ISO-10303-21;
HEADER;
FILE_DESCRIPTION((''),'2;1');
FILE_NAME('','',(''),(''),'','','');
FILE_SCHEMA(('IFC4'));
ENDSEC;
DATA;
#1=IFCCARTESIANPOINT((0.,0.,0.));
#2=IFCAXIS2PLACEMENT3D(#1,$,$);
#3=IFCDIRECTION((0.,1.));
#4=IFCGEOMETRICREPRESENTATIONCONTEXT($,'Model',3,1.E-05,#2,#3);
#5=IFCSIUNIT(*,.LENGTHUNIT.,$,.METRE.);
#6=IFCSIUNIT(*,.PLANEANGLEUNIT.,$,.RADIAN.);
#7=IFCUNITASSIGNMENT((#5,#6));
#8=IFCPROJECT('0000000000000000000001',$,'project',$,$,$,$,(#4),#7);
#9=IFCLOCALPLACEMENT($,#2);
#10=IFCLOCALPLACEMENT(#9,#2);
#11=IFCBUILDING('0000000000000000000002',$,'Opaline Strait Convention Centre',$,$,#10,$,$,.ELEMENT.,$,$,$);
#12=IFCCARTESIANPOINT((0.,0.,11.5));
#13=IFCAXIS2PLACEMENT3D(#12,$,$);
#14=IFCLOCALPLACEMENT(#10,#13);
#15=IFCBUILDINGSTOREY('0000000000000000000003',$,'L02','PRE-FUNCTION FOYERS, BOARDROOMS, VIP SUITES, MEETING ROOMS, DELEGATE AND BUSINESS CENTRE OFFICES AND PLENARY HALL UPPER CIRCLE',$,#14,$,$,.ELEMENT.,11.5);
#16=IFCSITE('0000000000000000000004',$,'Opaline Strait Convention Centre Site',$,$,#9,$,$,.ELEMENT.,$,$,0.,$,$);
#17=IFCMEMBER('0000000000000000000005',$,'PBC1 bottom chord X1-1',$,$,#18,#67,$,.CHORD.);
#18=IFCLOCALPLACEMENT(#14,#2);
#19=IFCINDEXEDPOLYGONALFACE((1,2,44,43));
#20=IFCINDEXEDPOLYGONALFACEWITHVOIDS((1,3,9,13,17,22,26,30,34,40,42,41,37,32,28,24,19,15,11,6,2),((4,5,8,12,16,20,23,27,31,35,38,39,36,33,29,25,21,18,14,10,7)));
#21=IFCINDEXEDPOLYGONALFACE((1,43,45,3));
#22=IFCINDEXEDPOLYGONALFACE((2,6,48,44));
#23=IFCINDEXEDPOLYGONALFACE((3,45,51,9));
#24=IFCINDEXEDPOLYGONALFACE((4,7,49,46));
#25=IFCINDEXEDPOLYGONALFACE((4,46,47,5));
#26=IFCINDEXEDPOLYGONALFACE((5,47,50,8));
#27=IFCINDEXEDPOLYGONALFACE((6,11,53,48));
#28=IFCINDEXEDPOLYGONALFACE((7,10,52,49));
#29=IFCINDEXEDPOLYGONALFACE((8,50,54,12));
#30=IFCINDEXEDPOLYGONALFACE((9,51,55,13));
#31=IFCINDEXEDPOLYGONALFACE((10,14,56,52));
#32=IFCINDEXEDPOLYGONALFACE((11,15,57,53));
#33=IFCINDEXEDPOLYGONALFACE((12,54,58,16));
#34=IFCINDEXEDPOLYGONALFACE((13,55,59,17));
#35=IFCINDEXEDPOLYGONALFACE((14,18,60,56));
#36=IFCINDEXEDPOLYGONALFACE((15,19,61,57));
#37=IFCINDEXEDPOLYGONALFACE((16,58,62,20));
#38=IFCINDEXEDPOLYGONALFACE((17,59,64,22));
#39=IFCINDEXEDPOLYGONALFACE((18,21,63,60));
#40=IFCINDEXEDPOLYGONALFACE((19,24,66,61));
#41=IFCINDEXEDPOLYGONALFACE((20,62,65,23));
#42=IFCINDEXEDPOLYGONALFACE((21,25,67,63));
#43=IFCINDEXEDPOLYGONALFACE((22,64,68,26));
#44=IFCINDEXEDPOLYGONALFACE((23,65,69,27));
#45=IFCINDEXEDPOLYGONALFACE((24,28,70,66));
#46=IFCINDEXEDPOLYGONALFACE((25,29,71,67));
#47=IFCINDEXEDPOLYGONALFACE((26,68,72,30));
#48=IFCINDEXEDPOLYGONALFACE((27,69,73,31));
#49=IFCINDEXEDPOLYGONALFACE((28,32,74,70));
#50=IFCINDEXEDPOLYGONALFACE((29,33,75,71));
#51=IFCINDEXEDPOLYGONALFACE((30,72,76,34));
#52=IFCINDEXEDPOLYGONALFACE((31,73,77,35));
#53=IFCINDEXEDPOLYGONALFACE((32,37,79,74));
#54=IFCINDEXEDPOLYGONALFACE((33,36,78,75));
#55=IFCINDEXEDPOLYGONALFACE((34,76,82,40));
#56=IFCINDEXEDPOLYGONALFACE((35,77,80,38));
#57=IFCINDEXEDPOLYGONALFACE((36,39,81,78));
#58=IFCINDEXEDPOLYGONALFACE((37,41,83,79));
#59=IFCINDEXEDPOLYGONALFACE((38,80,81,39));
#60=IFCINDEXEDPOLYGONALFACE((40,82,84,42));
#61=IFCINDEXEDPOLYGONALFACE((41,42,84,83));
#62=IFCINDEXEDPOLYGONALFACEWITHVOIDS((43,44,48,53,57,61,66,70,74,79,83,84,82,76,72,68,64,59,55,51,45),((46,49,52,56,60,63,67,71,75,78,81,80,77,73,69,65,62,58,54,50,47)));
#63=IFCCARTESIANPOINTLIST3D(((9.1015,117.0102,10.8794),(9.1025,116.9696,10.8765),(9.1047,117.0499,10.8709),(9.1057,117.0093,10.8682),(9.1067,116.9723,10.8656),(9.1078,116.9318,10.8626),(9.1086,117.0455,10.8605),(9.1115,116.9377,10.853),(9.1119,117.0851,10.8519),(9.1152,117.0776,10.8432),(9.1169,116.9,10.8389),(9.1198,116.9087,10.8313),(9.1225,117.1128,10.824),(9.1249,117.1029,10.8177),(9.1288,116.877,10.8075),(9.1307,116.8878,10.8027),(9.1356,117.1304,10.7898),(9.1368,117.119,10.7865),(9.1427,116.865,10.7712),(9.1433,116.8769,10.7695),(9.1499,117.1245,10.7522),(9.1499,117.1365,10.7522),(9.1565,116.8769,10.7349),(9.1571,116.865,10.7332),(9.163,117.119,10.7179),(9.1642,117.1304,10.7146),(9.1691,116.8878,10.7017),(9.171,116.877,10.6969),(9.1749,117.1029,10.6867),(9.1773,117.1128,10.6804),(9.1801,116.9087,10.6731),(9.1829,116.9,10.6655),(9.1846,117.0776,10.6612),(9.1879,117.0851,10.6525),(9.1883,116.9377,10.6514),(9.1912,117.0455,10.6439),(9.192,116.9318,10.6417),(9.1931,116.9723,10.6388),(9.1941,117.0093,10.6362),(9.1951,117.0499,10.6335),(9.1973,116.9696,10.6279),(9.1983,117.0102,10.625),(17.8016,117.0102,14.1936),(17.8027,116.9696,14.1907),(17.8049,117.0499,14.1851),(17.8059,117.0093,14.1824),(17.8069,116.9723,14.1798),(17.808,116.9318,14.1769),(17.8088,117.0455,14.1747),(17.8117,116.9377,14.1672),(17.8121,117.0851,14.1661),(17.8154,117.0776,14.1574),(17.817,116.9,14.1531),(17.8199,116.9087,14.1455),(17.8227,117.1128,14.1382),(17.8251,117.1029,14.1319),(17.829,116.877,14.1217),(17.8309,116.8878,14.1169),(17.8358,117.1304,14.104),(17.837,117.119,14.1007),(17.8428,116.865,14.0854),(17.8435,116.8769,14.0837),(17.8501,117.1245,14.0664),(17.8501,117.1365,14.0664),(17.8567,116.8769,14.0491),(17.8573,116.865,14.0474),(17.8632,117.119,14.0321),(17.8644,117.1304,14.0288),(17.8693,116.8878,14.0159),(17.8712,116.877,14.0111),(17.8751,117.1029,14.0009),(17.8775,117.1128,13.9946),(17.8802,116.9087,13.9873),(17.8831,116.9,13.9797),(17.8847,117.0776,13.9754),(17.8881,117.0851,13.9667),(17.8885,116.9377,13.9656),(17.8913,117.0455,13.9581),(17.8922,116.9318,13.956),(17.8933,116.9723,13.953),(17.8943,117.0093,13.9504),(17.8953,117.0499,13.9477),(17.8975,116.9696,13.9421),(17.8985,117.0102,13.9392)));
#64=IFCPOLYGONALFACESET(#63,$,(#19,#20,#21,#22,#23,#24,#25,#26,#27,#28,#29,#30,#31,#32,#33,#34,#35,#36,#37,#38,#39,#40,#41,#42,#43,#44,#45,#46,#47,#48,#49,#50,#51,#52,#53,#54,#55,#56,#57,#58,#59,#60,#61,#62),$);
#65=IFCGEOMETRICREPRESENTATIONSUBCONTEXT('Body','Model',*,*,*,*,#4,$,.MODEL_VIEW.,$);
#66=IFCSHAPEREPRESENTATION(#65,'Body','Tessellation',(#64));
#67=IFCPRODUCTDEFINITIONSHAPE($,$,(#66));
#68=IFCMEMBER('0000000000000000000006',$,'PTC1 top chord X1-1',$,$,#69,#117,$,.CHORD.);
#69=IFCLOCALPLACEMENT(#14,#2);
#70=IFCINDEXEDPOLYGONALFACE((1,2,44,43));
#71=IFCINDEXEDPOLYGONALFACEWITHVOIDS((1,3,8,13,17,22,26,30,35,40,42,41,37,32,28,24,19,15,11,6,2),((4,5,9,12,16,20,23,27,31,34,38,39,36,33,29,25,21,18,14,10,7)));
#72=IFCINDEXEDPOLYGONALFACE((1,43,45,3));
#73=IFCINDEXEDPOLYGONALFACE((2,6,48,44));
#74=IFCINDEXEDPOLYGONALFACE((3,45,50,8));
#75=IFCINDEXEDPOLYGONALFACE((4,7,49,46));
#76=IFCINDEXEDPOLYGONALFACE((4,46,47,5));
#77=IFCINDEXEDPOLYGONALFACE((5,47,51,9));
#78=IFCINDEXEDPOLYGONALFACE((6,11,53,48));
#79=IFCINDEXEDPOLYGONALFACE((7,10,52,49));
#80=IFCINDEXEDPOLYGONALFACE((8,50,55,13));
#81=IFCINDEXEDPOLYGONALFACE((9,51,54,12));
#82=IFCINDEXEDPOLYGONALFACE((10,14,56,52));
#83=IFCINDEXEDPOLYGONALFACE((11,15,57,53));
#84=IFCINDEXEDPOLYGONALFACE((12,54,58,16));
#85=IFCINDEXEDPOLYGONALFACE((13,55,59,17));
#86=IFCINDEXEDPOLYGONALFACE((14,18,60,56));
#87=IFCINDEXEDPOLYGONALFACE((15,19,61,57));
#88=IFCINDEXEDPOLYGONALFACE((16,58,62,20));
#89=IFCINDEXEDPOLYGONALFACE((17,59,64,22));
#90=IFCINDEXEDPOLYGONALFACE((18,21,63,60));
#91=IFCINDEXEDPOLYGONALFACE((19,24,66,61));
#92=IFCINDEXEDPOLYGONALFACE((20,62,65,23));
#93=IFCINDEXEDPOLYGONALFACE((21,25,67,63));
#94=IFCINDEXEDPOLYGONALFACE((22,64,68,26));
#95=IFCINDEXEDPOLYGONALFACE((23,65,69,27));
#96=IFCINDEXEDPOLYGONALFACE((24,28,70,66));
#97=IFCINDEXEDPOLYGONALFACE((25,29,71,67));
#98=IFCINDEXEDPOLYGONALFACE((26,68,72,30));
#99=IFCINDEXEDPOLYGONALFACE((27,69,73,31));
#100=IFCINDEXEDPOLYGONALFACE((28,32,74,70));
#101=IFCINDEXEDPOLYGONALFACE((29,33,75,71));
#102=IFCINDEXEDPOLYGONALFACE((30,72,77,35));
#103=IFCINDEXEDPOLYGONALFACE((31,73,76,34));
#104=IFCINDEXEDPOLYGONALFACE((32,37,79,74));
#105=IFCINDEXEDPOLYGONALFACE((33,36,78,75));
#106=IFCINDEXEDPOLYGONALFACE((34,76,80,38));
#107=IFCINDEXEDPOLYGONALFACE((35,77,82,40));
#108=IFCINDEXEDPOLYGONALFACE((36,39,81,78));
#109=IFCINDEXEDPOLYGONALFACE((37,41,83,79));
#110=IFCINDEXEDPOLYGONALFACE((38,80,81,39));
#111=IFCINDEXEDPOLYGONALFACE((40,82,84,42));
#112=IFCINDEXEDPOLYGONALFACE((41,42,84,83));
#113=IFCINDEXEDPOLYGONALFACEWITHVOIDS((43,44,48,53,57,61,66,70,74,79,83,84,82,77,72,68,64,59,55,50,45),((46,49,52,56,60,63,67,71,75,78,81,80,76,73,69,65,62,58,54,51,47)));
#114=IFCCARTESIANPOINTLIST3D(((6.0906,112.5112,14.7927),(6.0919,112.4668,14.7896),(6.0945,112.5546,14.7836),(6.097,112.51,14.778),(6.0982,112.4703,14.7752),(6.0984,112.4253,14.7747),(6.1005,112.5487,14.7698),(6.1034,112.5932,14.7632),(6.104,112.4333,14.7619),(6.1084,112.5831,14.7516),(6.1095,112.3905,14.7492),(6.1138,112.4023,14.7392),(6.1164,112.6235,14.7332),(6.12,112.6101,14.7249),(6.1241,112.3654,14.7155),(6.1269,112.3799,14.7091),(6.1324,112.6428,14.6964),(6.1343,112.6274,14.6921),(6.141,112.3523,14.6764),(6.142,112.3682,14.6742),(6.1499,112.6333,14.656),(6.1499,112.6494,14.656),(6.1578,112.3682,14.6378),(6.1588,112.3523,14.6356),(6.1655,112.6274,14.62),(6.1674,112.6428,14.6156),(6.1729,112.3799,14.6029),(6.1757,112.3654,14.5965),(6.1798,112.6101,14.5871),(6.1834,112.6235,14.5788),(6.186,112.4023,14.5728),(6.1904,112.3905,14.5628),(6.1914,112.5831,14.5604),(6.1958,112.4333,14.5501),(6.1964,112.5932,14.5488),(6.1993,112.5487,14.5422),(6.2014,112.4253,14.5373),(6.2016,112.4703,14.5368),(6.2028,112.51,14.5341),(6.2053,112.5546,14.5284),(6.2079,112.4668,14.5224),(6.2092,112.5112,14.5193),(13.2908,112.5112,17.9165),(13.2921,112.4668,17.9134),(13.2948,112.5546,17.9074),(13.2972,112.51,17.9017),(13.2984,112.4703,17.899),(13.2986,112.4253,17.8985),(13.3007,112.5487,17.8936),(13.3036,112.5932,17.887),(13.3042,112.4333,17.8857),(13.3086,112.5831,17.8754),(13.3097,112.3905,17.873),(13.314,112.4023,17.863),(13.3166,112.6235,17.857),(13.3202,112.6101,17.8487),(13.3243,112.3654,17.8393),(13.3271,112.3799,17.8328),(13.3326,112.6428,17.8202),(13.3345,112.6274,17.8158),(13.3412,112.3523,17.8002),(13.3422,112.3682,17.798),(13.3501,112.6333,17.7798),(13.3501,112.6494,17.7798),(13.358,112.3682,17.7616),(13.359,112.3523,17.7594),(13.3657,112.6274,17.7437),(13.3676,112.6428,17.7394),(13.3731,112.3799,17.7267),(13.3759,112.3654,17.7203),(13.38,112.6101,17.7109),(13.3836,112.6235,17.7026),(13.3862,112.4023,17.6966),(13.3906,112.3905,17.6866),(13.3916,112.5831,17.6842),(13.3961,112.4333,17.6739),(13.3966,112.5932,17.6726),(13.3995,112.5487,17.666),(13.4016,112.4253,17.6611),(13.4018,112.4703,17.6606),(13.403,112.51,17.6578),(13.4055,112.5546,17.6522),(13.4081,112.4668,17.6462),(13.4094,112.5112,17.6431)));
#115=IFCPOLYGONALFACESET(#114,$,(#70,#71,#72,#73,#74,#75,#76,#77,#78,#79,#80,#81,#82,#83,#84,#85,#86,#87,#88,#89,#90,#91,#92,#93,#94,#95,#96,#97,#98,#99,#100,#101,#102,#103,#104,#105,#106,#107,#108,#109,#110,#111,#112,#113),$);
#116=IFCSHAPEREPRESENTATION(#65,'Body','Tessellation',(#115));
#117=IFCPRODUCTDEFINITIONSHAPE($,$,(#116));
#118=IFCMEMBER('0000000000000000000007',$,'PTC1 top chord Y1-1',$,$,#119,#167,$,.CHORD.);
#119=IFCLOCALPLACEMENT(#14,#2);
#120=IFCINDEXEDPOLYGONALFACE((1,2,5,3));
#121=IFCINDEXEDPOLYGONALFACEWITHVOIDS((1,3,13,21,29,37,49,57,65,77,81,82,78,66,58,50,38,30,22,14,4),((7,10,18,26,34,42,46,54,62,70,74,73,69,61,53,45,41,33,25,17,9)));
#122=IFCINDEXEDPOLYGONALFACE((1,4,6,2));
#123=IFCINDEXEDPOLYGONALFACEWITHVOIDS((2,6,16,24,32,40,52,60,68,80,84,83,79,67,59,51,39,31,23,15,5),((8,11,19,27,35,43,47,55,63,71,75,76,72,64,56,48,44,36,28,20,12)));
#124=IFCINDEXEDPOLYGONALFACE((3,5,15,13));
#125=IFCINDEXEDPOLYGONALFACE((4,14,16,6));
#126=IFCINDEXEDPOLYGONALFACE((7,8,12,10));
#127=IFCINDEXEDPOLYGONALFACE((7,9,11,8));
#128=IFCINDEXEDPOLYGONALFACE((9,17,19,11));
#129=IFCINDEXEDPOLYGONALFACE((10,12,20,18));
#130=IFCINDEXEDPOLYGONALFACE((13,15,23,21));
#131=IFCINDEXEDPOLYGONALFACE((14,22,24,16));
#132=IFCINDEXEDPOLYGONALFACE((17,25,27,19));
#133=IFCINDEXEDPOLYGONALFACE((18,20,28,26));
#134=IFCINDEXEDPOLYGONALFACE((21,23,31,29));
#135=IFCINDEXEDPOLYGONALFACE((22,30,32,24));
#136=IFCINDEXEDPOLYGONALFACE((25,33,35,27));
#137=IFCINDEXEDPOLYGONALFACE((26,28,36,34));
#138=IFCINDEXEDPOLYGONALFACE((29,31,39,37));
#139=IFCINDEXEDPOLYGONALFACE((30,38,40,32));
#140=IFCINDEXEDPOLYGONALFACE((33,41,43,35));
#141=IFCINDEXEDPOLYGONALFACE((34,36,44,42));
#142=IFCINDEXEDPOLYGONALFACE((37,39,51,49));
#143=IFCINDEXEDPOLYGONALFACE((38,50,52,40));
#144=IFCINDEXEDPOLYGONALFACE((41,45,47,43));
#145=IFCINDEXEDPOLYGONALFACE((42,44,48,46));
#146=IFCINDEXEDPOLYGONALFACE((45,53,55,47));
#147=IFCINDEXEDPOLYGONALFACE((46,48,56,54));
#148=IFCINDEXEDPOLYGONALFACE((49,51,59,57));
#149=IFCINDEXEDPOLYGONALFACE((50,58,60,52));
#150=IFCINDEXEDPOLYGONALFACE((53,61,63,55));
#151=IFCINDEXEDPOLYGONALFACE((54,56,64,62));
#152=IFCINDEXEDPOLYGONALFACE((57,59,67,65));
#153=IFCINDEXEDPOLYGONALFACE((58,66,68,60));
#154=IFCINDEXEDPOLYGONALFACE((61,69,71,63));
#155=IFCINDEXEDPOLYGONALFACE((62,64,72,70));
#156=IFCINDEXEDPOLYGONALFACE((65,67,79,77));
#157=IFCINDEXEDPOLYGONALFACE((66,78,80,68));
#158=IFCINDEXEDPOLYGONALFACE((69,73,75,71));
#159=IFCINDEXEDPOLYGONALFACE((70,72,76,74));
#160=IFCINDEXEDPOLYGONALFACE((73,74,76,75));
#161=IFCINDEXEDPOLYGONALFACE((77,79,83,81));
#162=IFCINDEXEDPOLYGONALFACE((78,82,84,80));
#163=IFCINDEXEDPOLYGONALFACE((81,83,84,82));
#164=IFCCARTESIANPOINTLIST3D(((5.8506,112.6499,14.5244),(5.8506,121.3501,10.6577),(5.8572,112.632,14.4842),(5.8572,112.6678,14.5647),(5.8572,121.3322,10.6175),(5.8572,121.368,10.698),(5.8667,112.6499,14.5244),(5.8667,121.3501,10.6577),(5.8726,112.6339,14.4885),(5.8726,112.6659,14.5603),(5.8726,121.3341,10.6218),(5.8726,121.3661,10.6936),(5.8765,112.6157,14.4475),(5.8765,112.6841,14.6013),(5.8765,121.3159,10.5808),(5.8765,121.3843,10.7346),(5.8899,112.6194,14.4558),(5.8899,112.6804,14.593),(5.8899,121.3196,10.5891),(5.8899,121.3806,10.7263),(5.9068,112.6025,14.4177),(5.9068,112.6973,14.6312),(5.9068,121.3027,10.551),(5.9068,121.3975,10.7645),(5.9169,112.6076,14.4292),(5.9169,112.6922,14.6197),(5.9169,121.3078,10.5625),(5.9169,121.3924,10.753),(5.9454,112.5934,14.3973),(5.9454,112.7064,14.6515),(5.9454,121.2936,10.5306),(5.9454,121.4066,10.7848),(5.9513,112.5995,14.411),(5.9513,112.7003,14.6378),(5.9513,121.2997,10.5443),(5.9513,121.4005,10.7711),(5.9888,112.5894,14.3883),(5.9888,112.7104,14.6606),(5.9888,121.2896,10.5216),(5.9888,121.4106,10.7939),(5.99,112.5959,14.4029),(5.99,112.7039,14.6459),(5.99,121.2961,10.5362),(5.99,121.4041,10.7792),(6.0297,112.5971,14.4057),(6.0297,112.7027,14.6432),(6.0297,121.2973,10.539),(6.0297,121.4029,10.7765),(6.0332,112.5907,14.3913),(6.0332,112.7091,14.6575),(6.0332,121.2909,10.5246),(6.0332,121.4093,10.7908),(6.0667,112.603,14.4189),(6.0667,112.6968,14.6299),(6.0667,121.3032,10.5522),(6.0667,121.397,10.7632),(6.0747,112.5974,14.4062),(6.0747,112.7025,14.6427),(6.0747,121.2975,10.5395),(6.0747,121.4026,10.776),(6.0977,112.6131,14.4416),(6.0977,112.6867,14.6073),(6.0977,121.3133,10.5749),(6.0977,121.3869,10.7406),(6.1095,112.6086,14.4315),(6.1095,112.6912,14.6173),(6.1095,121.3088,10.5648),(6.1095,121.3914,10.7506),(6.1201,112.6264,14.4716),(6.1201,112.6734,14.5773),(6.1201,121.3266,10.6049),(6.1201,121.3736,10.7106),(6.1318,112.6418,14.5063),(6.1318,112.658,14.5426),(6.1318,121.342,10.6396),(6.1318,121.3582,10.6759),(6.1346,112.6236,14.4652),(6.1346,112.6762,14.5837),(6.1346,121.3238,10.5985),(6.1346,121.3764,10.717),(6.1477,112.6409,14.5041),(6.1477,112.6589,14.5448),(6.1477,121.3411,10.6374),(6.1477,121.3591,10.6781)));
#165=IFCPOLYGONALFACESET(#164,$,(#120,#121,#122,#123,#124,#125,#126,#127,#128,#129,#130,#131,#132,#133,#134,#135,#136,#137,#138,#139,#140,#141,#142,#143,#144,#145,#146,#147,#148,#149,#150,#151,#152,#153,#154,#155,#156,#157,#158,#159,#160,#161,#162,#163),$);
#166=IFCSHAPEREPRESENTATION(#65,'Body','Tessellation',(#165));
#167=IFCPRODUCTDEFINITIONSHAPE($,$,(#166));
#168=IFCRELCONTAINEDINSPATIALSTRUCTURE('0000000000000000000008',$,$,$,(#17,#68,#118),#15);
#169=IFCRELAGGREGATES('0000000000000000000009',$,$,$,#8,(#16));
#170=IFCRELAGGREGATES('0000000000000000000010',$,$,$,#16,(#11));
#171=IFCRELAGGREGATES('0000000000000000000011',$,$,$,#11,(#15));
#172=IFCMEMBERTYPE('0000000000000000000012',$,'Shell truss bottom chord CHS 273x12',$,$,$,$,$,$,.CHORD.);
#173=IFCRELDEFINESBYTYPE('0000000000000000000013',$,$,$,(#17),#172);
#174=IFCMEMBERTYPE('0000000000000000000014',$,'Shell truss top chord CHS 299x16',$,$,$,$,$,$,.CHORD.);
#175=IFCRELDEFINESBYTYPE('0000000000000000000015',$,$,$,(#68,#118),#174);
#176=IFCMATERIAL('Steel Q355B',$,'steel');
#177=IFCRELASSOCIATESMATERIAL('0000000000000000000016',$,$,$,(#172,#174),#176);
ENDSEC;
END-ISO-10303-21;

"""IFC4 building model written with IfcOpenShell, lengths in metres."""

from ifc_helpers import new_model, si_unit, direction, frame, origin, origin_2d, place, context, subcontext, project, spatial, hollow_circle, extrude, material, material_profile, profile_set, type_object, element, save


model = new_model("IFC4")

# Units and contexts
model_context = context("Model", 3, precision=1e-05, world=origin(), true_north=direction((0.0, 1.0)))
body_context = subcontext(model_context, "Body", "Model", "MODEL_VIEW")
ifc_project = project(units=[si_unit("LENGTHUNIT", "METRE"), si_unit("PLANEANGLEUNIT", "RADIAN")], contexts=[model_context])

# Site, building, storey
site_placement = place(None, origin())
site = spatial("IfcSite", under=ifc_project, at=site_placement, Name="Opaline Strait Convention Centre Site", CompositionType="ELEMENT", RefElevation=0.0)
building_placement = place(site_placement, origin())
building = spatial("IfcBuilding", under=site, at=building_placement, Name="Opaline Strait Convention Centre", CompositionType="ELEMENT")
storey_placement = place(building_placement, frame((0.0, 0.0, 11.5)))
storey = spatial("IfcBuildingStorey", under=building, at=storey_placement, Name="L02", Description="PRE-FUNCTION FOYERS, BOARDROOMS, VIP SUITES, MEETING ROOMS, DELEGATE AND BUSINESS CENTRE OFFICES AND PLENARY HALL UPPER CIRCLE", CompositionType="ELEMENT", Elevation=11.5)

# Members
ifc_material_1 = material(Name="Steel Q355B", Category="steel")
ifc_material_profile_1 = material_profile(ifc_material_1, hollow_circle(Radius=0.1365, WallThickness=0.012, at=origin_2d()), Name="CHS 273x12")
ifc_profile_set_1 = profile_set([ifc_material_profile_1], Name="Steel Q355B")
member_type_1 = type_object("IfcMemberType", Name="Shell truss bottom chord CHS 273x12", PredefinedType="CHORD", material=ifc_profile_set_1)
member_1_placement = place(storey_placement, frame((9.1499, 117.0, 10.7522), z_axis=(0.934493, 0.0, 0.355981), x_axis=(0.0, 1.0, 0.0)))
element("IfcMember", 1, at=member_1_placement, inside=storey, type_object=member_type_1, Name="PBC1 bottom chord X1-1", PredefinedType="CHORD", context=body_context, shape_type="SweptSolid", body=[
    extrude(hollow_circle(Radius=0.1365, WallThickness=0.012, at=origin_2d()), origin(), (0.0, 0.0, 1.0), 9.3101),
])
ifc_material_profile_2 = material_profile(ifc_material_1, hollow_circle(Radius=0.1494, WallThickness=0.0161, at=origin_2d()), Name="CHS 299x16")
ifc_profile_set_2 = profile_set([ifc_material_profile_2], Name="Steel Q355B")
member_type_2 = type_object("IfcMemberType", Name="Shell truss top chord CHS 299x16", PredefinedType="CHORD", material=ifc_profile_set_2)
member_2_placement = place(storey_placement, frame((6.1499, 112.5, 14.656), z_axis=(0.917384, 0.0, 0.398004), x_axis=(0.0, 1.0, 0.0)))
element("IfcMember", 2, at=member_2_placement, inside=storey, type_object=member_type_2, Name="PTC1 top chord X1-1", PredefinedType="CHORD", context=body_context, shape_type="SweptSolid", body=[
    extrude(hollow_circle(Radius=0.1494, WallThickness=0.0161, at=origin_2d()), origin(), (0.0, 0.0, 1.0), 7.8486),
])
member_3_placement = place(storey_placement, frame((6.0, 112.6499, 14.5244), z_axis=(0.0, 0.913814, -0.406134), x_axis=(-1.0, 0.0, 0.0)))
element("IfcMember", 3, at=member_3_placement, inside=storey, type_object=member_type_2, Name="PTC1 top chord Y1-1", PredefinedType="CHORD", context=body_context, shape_type="SweptSolid", body=[
    extrude(hollow_circle(Radius=0.1494, WallThickness=0.0161, at=origin_2d()), origin(), (0.0, 0.0, 1.0), 9.5208),
])

save(model, "model.ifc")
